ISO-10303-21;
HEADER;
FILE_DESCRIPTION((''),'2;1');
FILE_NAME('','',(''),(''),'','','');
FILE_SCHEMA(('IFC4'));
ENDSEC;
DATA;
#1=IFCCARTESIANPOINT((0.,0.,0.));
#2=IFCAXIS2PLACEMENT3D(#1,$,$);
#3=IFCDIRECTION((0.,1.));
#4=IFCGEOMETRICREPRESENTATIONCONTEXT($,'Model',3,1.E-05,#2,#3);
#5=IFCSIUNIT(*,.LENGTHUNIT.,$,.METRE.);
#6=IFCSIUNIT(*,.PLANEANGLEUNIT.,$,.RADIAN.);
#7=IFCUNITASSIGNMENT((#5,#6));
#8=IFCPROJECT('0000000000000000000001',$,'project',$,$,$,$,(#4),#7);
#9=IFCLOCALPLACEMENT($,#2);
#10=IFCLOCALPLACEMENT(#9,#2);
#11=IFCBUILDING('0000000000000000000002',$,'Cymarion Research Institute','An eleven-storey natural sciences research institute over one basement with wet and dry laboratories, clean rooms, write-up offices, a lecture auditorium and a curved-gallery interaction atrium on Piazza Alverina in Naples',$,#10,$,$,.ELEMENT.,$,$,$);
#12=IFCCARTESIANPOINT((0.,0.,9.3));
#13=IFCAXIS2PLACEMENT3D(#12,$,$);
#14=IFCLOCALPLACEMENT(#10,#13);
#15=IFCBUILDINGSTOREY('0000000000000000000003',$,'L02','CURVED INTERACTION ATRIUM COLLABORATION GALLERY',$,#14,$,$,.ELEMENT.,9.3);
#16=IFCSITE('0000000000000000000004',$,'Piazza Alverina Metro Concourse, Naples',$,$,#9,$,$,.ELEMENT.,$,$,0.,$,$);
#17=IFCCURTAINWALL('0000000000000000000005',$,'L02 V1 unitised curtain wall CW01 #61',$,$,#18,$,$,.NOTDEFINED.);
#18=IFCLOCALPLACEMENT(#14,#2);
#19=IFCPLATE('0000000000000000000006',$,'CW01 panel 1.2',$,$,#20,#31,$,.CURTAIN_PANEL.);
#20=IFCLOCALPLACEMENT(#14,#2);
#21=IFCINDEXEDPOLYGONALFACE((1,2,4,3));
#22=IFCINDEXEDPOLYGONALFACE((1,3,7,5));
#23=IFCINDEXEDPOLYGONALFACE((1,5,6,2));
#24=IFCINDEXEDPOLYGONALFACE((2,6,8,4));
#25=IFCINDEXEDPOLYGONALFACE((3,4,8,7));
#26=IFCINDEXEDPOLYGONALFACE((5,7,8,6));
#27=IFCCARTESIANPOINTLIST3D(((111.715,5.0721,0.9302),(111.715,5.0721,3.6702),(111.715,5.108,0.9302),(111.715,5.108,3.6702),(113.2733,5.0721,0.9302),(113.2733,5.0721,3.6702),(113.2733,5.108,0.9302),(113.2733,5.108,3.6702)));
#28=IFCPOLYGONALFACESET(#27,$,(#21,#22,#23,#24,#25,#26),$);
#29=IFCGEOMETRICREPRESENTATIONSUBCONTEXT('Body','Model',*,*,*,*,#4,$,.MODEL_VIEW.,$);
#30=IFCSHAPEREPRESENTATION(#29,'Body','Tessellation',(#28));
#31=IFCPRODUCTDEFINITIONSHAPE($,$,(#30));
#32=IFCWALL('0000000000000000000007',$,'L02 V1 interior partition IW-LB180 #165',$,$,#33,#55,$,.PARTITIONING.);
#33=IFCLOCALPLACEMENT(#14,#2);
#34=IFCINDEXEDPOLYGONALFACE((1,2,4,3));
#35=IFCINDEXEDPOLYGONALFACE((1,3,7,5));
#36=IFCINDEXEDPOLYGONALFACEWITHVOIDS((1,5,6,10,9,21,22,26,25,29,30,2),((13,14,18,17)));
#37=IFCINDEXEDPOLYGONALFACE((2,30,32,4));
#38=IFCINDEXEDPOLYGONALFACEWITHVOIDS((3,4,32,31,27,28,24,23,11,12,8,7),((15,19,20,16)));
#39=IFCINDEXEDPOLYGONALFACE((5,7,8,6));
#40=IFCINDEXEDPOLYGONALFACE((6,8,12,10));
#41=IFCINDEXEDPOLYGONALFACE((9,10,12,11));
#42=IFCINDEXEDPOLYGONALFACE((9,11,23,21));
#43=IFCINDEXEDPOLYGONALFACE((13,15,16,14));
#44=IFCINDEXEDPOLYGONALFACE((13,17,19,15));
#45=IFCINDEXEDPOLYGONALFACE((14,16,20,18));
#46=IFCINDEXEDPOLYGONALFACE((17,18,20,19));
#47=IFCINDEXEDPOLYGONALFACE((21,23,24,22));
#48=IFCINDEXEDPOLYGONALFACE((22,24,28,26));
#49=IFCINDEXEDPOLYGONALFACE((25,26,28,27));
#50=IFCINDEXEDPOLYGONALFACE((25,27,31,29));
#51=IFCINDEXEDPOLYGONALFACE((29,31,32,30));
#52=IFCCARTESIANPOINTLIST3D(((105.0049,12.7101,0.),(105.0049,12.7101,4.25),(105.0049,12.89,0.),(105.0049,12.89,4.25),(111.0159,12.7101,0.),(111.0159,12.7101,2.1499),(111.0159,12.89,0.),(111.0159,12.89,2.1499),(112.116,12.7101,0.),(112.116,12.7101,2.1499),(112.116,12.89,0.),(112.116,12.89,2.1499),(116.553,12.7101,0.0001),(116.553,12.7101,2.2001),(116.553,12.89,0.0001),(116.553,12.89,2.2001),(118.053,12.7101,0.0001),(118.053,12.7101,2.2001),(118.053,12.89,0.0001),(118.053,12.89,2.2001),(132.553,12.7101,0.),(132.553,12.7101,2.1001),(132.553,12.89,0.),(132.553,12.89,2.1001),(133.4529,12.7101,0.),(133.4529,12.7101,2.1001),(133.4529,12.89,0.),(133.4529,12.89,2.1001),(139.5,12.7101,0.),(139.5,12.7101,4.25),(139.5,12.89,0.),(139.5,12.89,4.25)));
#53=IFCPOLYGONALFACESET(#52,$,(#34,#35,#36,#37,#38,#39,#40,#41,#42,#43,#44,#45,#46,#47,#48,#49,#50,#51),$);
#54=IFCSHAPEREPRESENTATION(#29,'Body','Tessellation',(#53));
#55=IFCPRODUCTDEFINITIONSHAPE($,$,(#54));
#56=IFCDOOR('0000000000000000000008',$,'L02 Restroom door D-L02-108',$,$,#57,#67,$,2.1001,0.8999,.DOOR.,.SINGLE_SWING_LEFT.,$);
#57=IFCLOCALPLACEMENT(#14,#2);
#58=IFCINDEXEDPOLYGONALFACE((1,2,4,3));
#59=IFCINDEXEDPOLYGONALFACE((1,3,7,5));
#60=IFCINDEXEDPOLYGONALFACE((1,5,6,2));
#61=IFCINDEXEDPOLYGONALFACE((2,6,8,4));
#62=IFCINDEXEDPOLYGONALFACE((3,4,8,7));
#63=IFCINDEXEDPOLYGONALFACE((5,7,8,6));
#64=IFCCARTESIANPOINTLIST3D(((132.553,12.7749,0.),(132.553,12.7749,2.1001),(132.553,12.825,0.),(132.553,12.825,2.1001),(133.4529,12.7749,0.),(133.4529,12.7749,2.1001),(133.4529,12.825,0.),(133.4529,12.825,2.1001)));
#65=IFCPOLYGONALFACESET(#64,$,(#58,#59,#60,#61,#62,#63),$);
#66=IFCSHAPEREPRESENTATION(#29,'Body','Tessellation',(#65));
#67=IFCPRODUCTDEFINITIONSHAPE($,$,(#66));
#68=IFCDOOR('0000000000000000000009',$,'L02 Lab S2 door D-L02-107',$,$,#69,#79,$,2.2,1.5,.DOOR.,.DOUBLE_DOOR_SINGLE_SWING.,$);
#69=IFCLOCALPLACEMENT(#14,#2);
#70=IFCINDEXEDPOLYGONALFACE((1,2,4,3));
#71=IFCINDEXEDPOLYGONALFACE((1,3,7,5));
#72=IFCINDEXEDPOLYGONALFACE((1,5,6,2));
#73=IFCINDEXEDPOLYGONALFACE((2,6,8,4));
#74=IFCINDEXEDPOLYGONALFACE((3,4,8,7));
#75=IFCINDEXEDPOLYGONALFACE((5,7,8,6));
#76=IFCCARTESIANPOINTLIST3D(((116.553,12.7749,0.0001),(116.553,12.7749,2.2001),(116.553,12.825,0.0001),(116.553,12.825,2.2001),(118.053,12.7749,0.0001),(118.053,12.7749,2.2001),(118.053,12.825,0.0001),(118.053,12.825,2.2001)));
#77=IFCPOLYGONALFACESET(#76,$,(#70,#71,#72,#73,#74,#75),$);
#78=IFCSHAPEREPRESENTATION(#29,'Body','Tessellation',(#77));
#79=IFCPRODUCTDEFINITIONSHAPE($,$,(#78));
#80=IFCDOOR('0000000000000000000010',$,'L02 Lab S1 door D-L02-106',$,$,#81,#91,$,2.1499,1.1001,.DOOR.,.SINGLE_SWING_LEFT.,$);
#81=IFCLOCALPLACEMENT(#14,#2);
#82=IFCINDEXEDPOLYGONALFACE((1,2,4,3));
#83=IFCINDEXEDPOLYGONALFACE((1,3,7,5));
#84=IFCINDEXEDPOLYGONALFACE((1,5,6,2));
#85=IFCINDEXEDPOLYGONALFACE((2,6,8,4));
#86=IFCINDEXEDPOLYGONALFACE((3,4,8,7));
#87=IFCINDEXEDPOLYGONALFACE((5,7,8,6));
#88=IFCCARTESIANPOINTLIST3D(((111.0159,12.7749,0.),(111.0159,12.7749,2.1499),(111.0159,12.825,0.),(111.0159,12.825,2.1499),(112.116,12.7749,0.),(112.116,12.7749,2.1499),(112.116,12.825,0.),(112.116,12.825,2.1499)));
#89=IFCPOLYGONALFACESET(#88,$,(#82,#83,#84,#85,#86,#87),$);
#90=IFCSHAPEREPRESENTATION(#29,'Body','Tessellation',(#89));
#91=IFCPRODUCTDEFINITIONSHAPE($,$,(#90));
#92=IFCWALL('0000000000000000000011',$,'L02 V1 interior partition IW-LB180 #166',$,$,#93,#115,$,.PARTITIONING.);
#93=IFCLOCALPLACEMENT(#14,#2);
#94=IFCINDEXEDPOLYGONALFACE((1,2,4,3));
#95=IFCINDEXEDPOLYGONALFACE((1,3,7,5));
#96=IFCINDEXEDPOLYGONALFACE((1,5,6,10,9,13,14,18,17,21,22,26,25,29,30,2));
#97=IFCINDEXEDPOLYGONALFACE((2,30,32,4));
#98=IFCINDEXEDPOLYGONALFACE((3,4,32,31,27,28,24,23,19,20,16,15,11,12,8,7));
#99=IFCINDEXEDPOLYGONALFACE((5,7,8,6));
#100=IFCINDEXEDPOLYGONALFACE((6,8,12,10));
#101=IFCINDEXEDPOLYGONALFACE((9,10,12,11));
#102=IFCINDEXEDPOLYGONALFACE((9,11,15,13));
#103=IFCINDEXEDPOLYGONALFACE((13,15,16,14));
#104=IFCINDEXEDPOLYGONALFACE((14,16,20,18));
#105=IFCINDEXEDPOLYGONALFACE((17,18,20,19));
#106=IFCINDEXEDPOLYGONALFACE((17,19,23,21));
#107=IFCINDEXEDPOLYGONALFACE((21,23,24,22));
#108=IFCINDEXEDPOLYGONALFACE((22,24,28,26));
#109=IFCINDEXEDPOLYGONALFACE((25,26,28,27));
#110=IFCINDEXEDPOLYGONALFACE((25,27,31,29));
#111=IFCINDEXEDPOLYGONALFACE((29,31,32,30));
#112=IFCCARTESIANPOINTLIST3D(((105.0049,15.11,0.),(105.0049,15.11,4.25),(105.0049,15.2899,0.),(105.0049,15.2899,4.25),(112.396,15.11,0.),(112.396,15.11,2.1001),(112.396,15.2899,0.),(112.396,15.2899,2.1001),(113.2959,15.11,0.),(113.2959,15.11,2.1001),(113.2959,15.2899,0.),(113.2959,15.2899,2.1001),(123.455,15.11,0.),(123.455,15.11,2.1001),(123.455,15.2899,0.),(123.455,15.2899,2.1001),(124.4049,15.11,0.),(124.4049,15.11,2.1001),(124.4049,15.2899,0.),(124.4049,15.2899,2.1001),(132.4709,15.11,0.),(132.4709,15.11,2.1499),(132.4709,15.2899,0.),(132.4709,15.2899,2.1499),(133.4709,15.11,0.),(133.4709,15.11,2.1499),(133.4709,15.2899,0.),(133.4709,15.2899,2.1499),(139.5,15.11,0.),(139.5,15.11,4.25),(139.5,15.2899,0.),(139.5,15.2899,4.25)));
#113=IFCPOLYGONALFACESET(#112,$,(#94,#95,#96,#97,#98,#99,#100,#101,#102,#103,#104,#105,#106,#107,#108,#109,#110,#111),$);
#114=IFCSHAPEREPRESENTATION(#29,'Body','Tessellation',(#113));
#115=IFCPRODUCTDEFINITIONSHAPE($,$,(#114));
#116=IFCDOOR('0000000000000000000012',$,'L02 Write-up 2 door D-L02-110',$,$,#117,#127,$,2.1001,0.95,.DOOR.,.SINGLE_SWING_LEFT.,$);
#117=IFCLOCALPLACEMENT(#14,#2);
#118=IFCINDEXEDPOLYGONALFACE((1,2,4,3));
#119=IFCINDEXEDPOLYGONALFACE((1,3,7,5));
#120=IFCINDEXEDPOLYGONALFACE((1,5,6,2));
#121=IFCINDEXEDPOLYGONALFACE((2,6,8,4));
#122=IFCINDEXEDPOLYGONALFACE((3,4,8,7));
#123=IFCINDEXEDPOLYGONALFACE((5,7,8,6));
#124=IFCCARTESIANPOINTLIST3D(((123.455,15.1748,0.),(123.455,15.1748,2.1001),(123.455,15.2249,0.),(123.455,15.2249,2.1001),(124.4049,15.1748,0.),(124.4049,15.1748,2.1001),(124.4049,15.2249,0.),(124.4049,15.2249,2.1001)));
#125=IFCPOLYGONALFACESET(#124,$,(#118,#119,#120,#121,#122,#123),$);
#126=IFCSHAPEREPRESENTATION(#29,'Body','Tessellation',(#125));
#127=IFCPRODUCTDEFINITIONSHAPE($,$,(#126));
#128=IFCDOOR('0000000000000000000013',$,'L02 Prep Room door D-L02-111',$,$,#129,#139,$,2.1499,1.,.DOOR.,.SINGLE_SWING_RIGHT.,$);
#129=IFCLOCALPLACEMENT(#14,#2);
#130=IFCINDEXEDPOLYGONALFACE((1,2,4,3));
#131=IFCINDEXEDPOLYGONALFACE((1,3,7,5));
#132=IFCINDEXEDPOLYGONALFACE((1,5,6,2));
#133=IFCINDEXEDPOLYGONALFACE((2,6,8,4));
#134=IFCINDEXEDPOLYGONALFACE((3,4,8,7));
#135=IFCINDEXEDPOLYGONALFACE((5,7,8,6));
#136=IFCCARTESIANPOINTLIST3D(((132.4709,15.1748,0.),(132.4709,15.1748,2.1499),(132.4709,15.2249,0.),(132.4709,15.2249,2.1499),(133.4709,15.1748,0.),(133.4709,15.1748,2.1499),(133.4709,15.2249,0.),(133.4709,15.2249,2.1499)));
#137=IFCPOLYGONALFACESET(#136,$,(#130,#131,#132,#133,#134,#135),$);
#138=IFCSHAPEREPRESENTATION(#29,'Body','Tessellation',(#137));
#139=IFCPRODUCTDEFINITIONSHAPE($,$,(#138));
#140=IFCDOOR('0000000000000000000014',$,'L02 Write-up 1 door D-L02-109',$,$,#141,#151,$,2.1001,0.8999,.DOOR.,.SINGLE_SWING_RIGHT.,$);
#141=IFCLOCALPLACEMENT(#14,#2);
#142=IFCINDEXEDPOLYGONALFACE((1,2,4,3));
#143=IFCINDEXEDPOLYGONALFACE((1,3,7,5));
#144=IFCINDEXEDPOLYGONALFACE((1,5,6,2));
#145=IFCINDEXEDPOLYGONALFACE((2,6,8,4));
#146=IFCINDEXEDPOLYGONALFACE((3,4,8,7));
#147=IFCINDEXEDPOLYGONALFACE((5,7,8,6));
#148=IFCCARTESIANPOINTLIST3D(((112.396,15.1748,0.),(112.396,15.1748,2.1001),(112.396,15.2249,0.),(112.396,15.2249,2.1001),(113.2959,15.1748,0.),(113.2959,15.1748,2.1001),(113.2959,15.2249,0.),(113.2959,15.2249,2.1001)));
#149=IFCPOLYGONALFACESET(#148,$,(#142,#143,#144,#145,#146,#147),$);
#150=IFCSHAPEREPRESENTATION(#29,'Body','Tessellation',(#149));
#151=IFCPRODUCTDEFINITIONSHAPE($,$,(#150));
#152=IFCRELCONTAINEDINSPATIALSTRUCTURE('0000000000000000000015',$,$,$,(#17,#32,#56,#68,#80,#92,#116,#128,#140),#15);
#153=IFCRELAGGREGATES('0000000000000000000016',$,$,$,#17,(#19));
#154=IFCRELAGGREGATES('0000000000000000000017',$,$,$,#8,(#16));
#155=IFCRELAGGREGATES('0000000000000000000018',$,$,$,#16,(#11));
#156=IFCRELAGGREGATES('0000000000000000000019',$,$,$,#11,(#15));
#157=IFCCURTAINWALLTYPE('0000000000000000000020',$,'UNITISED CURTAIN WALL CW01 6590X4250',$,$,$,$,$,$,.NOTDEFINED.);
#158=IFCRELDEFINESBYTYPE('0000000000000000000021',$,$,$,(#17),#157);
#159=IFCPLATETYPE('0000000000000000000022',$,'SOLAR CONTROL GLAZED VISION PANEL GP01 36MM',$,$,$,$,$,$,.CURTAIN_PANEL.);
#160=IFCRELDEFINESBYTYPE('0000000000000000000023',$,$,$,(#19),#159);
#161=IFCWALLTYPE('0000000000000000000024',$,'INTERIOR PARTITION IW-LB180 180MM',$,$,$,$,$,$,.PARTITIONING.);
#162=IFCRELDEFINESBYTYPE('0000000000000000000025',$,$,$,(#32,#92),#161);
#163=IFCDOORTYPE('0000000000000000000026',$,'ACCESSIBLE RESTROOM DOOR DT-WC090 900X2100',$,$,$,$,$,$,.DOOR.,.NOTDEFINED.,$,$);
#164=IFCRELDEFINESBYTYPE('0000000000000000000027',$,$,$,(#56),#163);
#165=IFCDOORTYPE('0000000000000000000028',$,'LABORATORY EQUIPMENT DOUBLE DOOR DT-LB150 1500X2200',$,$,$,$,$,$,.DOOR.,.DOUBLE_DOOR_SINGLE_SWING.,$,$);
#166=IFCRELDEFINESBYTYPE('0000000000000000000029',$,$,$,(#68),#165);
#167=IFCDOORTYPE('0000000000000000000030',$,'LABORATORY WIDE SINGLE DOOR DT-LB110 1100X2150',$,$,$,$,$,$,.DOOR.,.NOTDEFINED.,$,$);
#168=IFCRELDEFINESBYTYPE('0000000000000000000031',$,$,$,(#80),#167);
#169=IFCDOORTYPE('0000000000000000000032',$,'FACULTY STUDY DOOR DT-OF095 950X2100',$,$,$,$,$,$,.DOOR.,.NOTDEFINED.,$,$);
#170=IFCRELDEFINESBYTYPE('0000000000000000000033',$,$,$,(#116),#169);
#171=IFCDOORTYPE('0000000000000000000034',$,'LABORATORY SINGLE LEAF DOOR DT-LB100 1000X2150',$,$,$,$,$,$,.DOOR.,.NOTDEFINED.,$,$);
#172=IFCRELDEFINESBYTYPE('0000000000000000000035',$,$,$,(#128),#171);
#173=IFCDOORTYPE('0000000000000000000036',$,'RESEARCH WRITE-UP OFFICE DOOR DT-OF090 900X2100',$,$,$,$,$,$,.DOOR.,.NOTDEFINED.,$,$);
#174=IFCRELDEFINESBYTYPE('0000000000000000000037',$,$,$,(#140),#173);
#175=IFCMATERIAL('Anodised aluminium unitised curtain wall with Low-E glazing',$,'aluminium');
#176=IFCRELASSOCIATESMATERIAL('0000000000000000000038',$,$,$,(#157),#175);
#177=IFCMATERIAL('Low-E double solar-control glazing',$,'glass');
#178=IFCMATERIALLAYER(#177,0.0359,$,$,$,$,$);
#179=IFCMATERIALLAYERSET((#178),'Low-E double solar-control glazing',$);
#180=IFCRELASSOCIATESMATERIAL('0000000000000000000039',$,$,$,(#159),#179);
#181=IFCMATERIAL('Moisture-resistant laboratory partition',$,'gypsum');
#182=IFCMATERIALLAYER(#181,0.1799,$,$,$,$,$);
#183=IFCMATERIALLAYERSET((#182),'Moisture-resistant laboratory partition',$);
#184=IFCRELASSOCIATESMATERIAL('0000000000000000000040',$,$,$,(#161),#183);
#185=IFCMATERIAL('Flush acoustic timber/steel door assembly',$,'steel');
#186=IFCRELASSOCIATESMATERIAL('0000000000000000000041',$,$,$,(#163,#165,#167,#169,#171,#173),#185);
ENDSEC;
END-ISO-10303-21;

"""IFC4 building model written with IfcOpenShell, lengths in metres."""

from ifc_helpers import new_model, si_unit, direction, frame, frame_2d, origin, origin_2d, place, context, subcontext, project, spatial, rectangle, extrude, material, layer, layer_set, type_object, element, fill, aggregate, save


model = new_model("IFC4")

# Units and contexts
model_context = context("Model", 3, precision=1e-05, world=origin(), true_north=direction((0.0, 1.0)))
body_context = subcontext(model_context, "Body", "Model", "MODEL_VIEW")
ifc_project = project(units=[si_unit("LENGTHUNIT", "METRE"), si_unit("PLANEANGLEUNIT", "RADIAN")], contexts=[model_context])

# Site, building, storey
site_placement = place(None, origin())
site = spatial("IfcSite", under=ifc_project, at=site_placement, Name="Piazza Alverina Metro Concourse, Naples", CompositionType="ELEMENT", RefElevation=0.0)
building_placement = place(site_placement, origin())
building = spatial("IfcBuilding", under=site, at=building_placement, Name="Cymarion Research Institute", Description="An eleven-storey natural sciences research institute over one basement with wet and dry laboratories, clean rooms, write-up offices, a lecture auditorium and a curved-gallery interaction atrium on Piazza Alverina in Naples", CompositionType="ELEMENT")
storey_placement = place(building_placement, frame((0.0, 0.0, 9.3)))
storey = spatial("IfcBuildingStorey", under=building, at=storey_placement, Name="L02", Description="CURVED INTERACTION ATRIUM COLLABORATION GALLERY", CompositionType="ELEMENT", Elevation=9.3)

# Curtain wall
ifc_material_1 = material(Name="Anodised aluminium unitised curtain wall with Low-E glazing", Category="aluminium")
curtain_wall_type = type_object("IfcCurtainWallType", Name="UNITISED CURTAIN WALL CW01 6590X4250", PredefinedType="NOTDEFINED", material=ifc_material_1)
curtain_wall_1_placement = place(storey_placement, origin())
curtain_wall_1 = element("IfcCurtainWall", 1, at=curtain_wall_1_placement, inside=storey, type_object=curtain_wall_type, Name="L02 V1 unitised curtain wall CW01 #61", PredefinedType="NOTDEFINED")

# Plate
ifc_material_2 = material(Name="Low-E double solar-control glazing", Category="glass")
ifc_layer_1 = layer(ifc_material_2, 0.0359)
ifc_layer_set_1 = layer_set([ifc_layer_1], Name="Low-E double solar-control glazing")
plate_type_1 = type_object("IfcPlateType", Name="SOLAR CONTROL GLAZED VISION PANEL GP01 36MM", PredefinedType="CURTAIN_PANEL", material=ifc_layer_set_1)
plate_1_placement = place(storey_placement, frame((112.4941, 5.0901, 0.9302), z_axis=(0.0, 0.0, 1.0), x_axis=(1.0, 0.0, 0.0)))
plate_1 = element("IfcPlate", 2, at=plate_1_placement, type_object=plate_type_1, Name="CW01 panel 1.2", PredefinedType="CURTAIN_PANEL", context=body_context, shape_type="SweptSolid", body=[
    extrude(rectangle(XDim=1.5583, YDim=0.0359, at=origin_2d()), origin(), (0.0, 0.0, 1.0), 2.74),
])
aggregate(curtain_wall_1, [plate_1])

# Walls, openings, doors
ifc_material_3 = material(Name="Moisture-resistant laboratory partition", Category="gypsum")
ifc_layer_2 = layer(ifc_material_3, 0.1799)
ifc_layer_set_2 = layer_set([ifc_layer_2], Name="Moisture-resistant laboratory partition")
wall_type = type_object("IfcWallType", Name="INTERIOR PARTITION IW-LB180 180MM", PredefinedType="PARTITIONING", material=ifc_layer_set_2)
wall_1_placement = place(storey_placement, frame((105.0049, 12.8, 0.0), z_axis=(0.0, 0.0, 1.0), x_axis=(1.0, 0.0, 0.0)))
wall_1 = element("IfcWall", 3, at=wall_1_placement, inside=storey, type_object=wall_type, Name="L02 V1 interior partition IW-LB180 #165", PredefinedType="PARTITIONING", context=body_context, shape_type="SweptSolid", body=[
    extrude(rectangle(XDim=34.4951, YDim=0.1799, at=frame_2d((17.2476, 0.0))), origin(), (0.0, 0.0, 1.0), 4.25),
])
opening_1_placement = place(wall_1_placement, frame((6.011, 0.0, 0.0)))
opening_1 = element("IfcOpeningElement", 4, at=opening_1_placement, cuts=wall_1, PredefinedType="OPENING", context=body_context, shape_type="SweptSolid", body=[
    extrude(rectangle(XDim=1.1001, YDim=2.1499, at=frame_2d((0.55, 1.075))), frame((0.0, 0.0999, 0.0), z_axis=(0.0, -1.0, 0.0), x_axis=(1.0, 0.0, 0.0)), (0.0, 0.0, 1.0), 0.2),
])
opening_2_placement = place(wall_1_placement, frame((11.5481, 0.0, 0.0)))
opening_2 = element("IfcOpeningElement", 5, at=opening_2_placement, cuts=wall_1, PredefinedType="OPENING", context=body_context, shape_type="SweptSolid", body=[
    extrude(rectangle(XDim=1.5, YDim=2.2, at=frame_2d((0.75, 1.1001))), frame((0.0, 0.0999, 0.0), z_axis=(0.0, -1.0, 0.0), x_axis=(1.0, 0.0, 0.0)), (0.0, 0.0, 1.0), 0.2),
])
opening_3_placement = place(wall_1_placement, frame((27.5481, 0.0, 0.0)))
opening_3 = element("IfcOpeningElement", 6, at=opening_3_placement, cuts=wall_1, PredefinedType="OPENING", context=body_context, shape_type="SweptSolid", body=[
    extrude(rectangle(XDim=0.8999, YDim=2.1001, at=frame_2d((0.45, 1.05))), frame((0.0, 0.0999, 0.0), z_axis=(0.0, -1.0, 0.0), x_axis=(1.0, 0.0, 0.0)), (0.0, 0.0, 1.0), 0.2),
])
ifc_material_4 = material(Name="Flush acoustic timber/steel door assembly", Category="steel")
door_type_1 = type_object("IfcDoorType", Name="ACCESSIBLE RESTROOM DOOR DT-WC090 900X2100", OperationType="NOTDEFINED", PredefinedType="DOOR", material=ifc_material_4)
door_1_placement = place(opening_3_placement, origin())
door_1 = element("IfcDoor", 7, at=door_1_placement, inside=storey, type_object=door_type_1, Name="L02 Restroom door D-L02-108", OperationType="SINGLE_SWING_LEFT", OverallHeight=2.1001, OverallWidth=0.8999, PredefinedType="DOOR", context=body_context, shape_type="SweptSolid", body=[
    extrude(rectangle(XDim=0.8999, YDim=2.1001, at=frame_2d((0.45, 1.05))), frame((0.0, 0.0249, 0.0), z_axis=(0.0, -1.0, 0.0), x_axis=(1.0, 0.0, 0.0)), (0.0, 0.0, 1.0), 0.05),
])
fill(opening_3, door_1)
door_type_2 = type_object("IfcDoorType", Name="LABORATORY EQUIPMENT DOUBLE DOOR DT-LB150 1500X2200", OperationType="DOUBLE_DOOR_SINGLE_SWING", PredefinedType="DOOR", material=ifc_material_4)
door_2_placement = place(opening_2_placement, origin())
door_2 = element("IfcDoor", 8, at=door_2_placement, inside=storey, type_object=door_type_2, Name="L02 Lab S2 door D-L02-107", OperationType="DOUBLE_DOOR_SINGLE_SWING", OverallHeight=2.2, OverallWidth=1.5, PredefinedType="DOOR", context=body_context, shape_type="SweptSolid", body=[
    extrude(rectangle(XDim=1.5, YDim=2.2, at=frame_2d((0.75, 1.1001))), frame((0.0, 0.0249, 0.0), z_axis=(0.0, -1.0, 0.0), x_axis=(1.0, 0.0, 0.0)), (0.0, 0.0, 1.0), 0.05),
])
fill(opening_2, door_2)
door_type_3 = type_object("IfcDoorType", Name="LABORATORY WIDE SINGLE DOOR DT-LB110 1100X2150", OperationType="NOTDEFINED", PredefinedType="DOOR", material=ifc_material_4)
door_3_placement = place(opening_1_placement, origin())
door_3 = element("IfcDoor", 9, at=door_3_placement, inside=storey, type_object=door_type_3, Name="L02 Lab S1 door D-L02-106", OperationType="SINGLE_SWING_LEFT", OverallHeight=2.1499, OverallWidth=1.1001, PredefinedType="DOOR", context=body_context, shape_type="SweptSolid", body=[
    extrude(rectangle(XDim=1.1001, YDim=2.1499, at=frame_2d((0.55, 1.075))), frame((0.0, 0.0249, 0.0), z_axis=(0.0, -1.0, 0.0), x_axis=(1.0, 0.0, 0.0)), (0.0, 0.0, 1.0), 0.05),
])
fill(opening_1, door_3)
wall_2_placement = place(storey_placement, frame((105.0049, 15.2, 0.0), z_axis=(0.0, 0.0, 1.0), x_axis=(1.0, 0.0, 0.0)))
wall_2 = element("IfcWall", 10, at=wall_2_placement, inside=storey, type_object=wall_type, Name="L02 V1 interior partition IW-LB180 #166", PredefinedType="PARTITIONING", context=body_context, shape_type="SweptSolid", body=[
    extrude(rectangle(XDim=34.4951, YDim=0.1799, at=frame_2d((17.2476, 0.0))), origin(), (0.0, 0.0, 1.0), 4.25),
])
opening_4_placement = place(wall_2_placement, frame((7.3911, 0.0, 0.0)))
opening_4 = element("IfcOpeningElement", 11, at=opening_4_placement, cuts=wall_2, PredefinedType="OPENING", context=body_context, shape_type="SweptSolid", body=[
    extrude(rectangle(XDim=0.8999, YDim=2.1001, at=frame_2d((0.45, 1.05))), frame((0.0, 0.0999, 0.0), z_axis=(0.0, -1.0, 0.0), x_axis=(1.0, 0.0, 0.0)), (0.0, 0.0, 1.0), 0.2),
])
opening_5_placement = place(wall_2_placement, frame((18.45, 0.0, 0.0)))
opening_5 = element("IfcOpeningElement", 12, at=opening_5_placement, cuts=wall_2, PredefinedType="OPENING", context=body_context, shape_type="SweptSolid", body=[
    extrude(rectangle(XDim=0.95, YDim=2.1001, at=frame_2d((0.4751, 1.05))), frame((0.0, 0.0999, 0.0), z_axis=(0.0, -1.0, 0.0), x_axis=(1.0, 0.0, 0.0)), (0.0, 0.0, 1.0), 0.2),
])
opening_6_placement = place(wall_2_placement, frame((27.4661, 0.0, 0.0)))
opening_6 = element("IfcOpeningElement", 13, at=opening_6_placement, cuts=wall_2, PredefinedType="OPENING", context=body_context, shape_type="SweptSolid", body=[
    extrude(rectangle(XDim=1.0, YDim=2.1499, at=frame_2d((0.5, 1.075))), frame((0.0, 0.0999, 0.0), z_axis=(0.0, -1.0, 0.0), x_axis=(1.0, 0.0, 0.0)), (0.0, 0.0, 1.0), 0.2),
])
door_type_4 = type_object("IfcDoorType", Name="FACULTY STUDY DOOR DT-OF095 950X2100", OperationType="NOTDEFINED", PredefinedType="DOOR", material=ifc_material_4)
door_4_placement = place(opening_5_placement, origin())
door_4 = element("IfcDoor", 14, at=door_4_placement, inside=storey, type_object=door_type_4, Name="L02 Write-up 2 door D-L02-110", OperationType="SINGLE_SWING_LEFT", OverallHeight=2.1001, OverallWidth=0.95, PredefinedType="DOOR", context=body_context, shape_type="SweptSolid", body=[
    extrude(rectangle(XDim=0.95, YDim=2.1001, at=frame_2d((0.4751, 1.05))), frame((0.0, 0.0249, 0.0), z_axis=(0.0, -1.0, 0.0), x_axis=(1.0, 0.0, 0.0)), (0.0, 0.0, 1.0), 0.05),
])
fill(opening_5, door_4)
door_type_5 = type_object("IfcDoorType", Name="LABORATORY SINGLE LEAF DOOR DT-LB100 1000X2150", OperationType="NOTDEFINED", PredefinedType="DOOR", material=ifc_material_4)
door_5_placement = place(opening_6_placement, origin())
door_5 = element("IfcDoor", 15, at=door_5_placement, inside=storey, type_object=door_type_5, Name="L02 Prep Room door D-L02-111", OperationType="SINGLE_SWING_RIGHT", OverallHeight=2.1499, OverallWidth=1.0, PredefinedType="DOOR", context=body_context, shape_type="SweptSolid", body=[
    extrude(rectangle(XDim=1.0, YDim=2.1499, at=frame_2d((0.5, 1.075))), frame((0.0, 0.0249, 0.0), z_axis=(0.0, -1.0, 0.0), x_axis=(1.0, 0.0, 0.0)), (0.0, 0.0, 1.0), 0.05),
])
fill(opening_6, door_5)
door_type_6 = type_object("IfcDoorType", Name="RESEARCH WRITE-UP OFFICE DOOR DT-OF090 900X2100", OperationType="NOTDEFINED", PredefinedType="DOOR", material=ifc_material_4)
door_6_placement = place(opening_4_placement, origin())
door_6 = element("IfcDoor", 16, at=door_6_placement, inside=storey, type_object=door_type_6, Name="L02 Write-up 1 door D-L02-109", OperationType="SINGLE_SWING_RIGHT", OverallHeight=2.1001, OverallWidth=0.8999, PredefinedType="DOOR", context=body_context, shape_type="SweptSolid", body=[
    extrude(rectangle(XDim=0.8999, YDim=2.1001, at=frame_2d((0.45, 1.05))), frame((0.0, 0.0249, 0.0), z_axis=(0.0, -1.0, 0.0), x_axis=(1.0, 0.0, 0.0)), (0.0, 0.0, 1.0), 0.05),
])
fill(opening_4, door_6)

save(model, "model.ifc")
